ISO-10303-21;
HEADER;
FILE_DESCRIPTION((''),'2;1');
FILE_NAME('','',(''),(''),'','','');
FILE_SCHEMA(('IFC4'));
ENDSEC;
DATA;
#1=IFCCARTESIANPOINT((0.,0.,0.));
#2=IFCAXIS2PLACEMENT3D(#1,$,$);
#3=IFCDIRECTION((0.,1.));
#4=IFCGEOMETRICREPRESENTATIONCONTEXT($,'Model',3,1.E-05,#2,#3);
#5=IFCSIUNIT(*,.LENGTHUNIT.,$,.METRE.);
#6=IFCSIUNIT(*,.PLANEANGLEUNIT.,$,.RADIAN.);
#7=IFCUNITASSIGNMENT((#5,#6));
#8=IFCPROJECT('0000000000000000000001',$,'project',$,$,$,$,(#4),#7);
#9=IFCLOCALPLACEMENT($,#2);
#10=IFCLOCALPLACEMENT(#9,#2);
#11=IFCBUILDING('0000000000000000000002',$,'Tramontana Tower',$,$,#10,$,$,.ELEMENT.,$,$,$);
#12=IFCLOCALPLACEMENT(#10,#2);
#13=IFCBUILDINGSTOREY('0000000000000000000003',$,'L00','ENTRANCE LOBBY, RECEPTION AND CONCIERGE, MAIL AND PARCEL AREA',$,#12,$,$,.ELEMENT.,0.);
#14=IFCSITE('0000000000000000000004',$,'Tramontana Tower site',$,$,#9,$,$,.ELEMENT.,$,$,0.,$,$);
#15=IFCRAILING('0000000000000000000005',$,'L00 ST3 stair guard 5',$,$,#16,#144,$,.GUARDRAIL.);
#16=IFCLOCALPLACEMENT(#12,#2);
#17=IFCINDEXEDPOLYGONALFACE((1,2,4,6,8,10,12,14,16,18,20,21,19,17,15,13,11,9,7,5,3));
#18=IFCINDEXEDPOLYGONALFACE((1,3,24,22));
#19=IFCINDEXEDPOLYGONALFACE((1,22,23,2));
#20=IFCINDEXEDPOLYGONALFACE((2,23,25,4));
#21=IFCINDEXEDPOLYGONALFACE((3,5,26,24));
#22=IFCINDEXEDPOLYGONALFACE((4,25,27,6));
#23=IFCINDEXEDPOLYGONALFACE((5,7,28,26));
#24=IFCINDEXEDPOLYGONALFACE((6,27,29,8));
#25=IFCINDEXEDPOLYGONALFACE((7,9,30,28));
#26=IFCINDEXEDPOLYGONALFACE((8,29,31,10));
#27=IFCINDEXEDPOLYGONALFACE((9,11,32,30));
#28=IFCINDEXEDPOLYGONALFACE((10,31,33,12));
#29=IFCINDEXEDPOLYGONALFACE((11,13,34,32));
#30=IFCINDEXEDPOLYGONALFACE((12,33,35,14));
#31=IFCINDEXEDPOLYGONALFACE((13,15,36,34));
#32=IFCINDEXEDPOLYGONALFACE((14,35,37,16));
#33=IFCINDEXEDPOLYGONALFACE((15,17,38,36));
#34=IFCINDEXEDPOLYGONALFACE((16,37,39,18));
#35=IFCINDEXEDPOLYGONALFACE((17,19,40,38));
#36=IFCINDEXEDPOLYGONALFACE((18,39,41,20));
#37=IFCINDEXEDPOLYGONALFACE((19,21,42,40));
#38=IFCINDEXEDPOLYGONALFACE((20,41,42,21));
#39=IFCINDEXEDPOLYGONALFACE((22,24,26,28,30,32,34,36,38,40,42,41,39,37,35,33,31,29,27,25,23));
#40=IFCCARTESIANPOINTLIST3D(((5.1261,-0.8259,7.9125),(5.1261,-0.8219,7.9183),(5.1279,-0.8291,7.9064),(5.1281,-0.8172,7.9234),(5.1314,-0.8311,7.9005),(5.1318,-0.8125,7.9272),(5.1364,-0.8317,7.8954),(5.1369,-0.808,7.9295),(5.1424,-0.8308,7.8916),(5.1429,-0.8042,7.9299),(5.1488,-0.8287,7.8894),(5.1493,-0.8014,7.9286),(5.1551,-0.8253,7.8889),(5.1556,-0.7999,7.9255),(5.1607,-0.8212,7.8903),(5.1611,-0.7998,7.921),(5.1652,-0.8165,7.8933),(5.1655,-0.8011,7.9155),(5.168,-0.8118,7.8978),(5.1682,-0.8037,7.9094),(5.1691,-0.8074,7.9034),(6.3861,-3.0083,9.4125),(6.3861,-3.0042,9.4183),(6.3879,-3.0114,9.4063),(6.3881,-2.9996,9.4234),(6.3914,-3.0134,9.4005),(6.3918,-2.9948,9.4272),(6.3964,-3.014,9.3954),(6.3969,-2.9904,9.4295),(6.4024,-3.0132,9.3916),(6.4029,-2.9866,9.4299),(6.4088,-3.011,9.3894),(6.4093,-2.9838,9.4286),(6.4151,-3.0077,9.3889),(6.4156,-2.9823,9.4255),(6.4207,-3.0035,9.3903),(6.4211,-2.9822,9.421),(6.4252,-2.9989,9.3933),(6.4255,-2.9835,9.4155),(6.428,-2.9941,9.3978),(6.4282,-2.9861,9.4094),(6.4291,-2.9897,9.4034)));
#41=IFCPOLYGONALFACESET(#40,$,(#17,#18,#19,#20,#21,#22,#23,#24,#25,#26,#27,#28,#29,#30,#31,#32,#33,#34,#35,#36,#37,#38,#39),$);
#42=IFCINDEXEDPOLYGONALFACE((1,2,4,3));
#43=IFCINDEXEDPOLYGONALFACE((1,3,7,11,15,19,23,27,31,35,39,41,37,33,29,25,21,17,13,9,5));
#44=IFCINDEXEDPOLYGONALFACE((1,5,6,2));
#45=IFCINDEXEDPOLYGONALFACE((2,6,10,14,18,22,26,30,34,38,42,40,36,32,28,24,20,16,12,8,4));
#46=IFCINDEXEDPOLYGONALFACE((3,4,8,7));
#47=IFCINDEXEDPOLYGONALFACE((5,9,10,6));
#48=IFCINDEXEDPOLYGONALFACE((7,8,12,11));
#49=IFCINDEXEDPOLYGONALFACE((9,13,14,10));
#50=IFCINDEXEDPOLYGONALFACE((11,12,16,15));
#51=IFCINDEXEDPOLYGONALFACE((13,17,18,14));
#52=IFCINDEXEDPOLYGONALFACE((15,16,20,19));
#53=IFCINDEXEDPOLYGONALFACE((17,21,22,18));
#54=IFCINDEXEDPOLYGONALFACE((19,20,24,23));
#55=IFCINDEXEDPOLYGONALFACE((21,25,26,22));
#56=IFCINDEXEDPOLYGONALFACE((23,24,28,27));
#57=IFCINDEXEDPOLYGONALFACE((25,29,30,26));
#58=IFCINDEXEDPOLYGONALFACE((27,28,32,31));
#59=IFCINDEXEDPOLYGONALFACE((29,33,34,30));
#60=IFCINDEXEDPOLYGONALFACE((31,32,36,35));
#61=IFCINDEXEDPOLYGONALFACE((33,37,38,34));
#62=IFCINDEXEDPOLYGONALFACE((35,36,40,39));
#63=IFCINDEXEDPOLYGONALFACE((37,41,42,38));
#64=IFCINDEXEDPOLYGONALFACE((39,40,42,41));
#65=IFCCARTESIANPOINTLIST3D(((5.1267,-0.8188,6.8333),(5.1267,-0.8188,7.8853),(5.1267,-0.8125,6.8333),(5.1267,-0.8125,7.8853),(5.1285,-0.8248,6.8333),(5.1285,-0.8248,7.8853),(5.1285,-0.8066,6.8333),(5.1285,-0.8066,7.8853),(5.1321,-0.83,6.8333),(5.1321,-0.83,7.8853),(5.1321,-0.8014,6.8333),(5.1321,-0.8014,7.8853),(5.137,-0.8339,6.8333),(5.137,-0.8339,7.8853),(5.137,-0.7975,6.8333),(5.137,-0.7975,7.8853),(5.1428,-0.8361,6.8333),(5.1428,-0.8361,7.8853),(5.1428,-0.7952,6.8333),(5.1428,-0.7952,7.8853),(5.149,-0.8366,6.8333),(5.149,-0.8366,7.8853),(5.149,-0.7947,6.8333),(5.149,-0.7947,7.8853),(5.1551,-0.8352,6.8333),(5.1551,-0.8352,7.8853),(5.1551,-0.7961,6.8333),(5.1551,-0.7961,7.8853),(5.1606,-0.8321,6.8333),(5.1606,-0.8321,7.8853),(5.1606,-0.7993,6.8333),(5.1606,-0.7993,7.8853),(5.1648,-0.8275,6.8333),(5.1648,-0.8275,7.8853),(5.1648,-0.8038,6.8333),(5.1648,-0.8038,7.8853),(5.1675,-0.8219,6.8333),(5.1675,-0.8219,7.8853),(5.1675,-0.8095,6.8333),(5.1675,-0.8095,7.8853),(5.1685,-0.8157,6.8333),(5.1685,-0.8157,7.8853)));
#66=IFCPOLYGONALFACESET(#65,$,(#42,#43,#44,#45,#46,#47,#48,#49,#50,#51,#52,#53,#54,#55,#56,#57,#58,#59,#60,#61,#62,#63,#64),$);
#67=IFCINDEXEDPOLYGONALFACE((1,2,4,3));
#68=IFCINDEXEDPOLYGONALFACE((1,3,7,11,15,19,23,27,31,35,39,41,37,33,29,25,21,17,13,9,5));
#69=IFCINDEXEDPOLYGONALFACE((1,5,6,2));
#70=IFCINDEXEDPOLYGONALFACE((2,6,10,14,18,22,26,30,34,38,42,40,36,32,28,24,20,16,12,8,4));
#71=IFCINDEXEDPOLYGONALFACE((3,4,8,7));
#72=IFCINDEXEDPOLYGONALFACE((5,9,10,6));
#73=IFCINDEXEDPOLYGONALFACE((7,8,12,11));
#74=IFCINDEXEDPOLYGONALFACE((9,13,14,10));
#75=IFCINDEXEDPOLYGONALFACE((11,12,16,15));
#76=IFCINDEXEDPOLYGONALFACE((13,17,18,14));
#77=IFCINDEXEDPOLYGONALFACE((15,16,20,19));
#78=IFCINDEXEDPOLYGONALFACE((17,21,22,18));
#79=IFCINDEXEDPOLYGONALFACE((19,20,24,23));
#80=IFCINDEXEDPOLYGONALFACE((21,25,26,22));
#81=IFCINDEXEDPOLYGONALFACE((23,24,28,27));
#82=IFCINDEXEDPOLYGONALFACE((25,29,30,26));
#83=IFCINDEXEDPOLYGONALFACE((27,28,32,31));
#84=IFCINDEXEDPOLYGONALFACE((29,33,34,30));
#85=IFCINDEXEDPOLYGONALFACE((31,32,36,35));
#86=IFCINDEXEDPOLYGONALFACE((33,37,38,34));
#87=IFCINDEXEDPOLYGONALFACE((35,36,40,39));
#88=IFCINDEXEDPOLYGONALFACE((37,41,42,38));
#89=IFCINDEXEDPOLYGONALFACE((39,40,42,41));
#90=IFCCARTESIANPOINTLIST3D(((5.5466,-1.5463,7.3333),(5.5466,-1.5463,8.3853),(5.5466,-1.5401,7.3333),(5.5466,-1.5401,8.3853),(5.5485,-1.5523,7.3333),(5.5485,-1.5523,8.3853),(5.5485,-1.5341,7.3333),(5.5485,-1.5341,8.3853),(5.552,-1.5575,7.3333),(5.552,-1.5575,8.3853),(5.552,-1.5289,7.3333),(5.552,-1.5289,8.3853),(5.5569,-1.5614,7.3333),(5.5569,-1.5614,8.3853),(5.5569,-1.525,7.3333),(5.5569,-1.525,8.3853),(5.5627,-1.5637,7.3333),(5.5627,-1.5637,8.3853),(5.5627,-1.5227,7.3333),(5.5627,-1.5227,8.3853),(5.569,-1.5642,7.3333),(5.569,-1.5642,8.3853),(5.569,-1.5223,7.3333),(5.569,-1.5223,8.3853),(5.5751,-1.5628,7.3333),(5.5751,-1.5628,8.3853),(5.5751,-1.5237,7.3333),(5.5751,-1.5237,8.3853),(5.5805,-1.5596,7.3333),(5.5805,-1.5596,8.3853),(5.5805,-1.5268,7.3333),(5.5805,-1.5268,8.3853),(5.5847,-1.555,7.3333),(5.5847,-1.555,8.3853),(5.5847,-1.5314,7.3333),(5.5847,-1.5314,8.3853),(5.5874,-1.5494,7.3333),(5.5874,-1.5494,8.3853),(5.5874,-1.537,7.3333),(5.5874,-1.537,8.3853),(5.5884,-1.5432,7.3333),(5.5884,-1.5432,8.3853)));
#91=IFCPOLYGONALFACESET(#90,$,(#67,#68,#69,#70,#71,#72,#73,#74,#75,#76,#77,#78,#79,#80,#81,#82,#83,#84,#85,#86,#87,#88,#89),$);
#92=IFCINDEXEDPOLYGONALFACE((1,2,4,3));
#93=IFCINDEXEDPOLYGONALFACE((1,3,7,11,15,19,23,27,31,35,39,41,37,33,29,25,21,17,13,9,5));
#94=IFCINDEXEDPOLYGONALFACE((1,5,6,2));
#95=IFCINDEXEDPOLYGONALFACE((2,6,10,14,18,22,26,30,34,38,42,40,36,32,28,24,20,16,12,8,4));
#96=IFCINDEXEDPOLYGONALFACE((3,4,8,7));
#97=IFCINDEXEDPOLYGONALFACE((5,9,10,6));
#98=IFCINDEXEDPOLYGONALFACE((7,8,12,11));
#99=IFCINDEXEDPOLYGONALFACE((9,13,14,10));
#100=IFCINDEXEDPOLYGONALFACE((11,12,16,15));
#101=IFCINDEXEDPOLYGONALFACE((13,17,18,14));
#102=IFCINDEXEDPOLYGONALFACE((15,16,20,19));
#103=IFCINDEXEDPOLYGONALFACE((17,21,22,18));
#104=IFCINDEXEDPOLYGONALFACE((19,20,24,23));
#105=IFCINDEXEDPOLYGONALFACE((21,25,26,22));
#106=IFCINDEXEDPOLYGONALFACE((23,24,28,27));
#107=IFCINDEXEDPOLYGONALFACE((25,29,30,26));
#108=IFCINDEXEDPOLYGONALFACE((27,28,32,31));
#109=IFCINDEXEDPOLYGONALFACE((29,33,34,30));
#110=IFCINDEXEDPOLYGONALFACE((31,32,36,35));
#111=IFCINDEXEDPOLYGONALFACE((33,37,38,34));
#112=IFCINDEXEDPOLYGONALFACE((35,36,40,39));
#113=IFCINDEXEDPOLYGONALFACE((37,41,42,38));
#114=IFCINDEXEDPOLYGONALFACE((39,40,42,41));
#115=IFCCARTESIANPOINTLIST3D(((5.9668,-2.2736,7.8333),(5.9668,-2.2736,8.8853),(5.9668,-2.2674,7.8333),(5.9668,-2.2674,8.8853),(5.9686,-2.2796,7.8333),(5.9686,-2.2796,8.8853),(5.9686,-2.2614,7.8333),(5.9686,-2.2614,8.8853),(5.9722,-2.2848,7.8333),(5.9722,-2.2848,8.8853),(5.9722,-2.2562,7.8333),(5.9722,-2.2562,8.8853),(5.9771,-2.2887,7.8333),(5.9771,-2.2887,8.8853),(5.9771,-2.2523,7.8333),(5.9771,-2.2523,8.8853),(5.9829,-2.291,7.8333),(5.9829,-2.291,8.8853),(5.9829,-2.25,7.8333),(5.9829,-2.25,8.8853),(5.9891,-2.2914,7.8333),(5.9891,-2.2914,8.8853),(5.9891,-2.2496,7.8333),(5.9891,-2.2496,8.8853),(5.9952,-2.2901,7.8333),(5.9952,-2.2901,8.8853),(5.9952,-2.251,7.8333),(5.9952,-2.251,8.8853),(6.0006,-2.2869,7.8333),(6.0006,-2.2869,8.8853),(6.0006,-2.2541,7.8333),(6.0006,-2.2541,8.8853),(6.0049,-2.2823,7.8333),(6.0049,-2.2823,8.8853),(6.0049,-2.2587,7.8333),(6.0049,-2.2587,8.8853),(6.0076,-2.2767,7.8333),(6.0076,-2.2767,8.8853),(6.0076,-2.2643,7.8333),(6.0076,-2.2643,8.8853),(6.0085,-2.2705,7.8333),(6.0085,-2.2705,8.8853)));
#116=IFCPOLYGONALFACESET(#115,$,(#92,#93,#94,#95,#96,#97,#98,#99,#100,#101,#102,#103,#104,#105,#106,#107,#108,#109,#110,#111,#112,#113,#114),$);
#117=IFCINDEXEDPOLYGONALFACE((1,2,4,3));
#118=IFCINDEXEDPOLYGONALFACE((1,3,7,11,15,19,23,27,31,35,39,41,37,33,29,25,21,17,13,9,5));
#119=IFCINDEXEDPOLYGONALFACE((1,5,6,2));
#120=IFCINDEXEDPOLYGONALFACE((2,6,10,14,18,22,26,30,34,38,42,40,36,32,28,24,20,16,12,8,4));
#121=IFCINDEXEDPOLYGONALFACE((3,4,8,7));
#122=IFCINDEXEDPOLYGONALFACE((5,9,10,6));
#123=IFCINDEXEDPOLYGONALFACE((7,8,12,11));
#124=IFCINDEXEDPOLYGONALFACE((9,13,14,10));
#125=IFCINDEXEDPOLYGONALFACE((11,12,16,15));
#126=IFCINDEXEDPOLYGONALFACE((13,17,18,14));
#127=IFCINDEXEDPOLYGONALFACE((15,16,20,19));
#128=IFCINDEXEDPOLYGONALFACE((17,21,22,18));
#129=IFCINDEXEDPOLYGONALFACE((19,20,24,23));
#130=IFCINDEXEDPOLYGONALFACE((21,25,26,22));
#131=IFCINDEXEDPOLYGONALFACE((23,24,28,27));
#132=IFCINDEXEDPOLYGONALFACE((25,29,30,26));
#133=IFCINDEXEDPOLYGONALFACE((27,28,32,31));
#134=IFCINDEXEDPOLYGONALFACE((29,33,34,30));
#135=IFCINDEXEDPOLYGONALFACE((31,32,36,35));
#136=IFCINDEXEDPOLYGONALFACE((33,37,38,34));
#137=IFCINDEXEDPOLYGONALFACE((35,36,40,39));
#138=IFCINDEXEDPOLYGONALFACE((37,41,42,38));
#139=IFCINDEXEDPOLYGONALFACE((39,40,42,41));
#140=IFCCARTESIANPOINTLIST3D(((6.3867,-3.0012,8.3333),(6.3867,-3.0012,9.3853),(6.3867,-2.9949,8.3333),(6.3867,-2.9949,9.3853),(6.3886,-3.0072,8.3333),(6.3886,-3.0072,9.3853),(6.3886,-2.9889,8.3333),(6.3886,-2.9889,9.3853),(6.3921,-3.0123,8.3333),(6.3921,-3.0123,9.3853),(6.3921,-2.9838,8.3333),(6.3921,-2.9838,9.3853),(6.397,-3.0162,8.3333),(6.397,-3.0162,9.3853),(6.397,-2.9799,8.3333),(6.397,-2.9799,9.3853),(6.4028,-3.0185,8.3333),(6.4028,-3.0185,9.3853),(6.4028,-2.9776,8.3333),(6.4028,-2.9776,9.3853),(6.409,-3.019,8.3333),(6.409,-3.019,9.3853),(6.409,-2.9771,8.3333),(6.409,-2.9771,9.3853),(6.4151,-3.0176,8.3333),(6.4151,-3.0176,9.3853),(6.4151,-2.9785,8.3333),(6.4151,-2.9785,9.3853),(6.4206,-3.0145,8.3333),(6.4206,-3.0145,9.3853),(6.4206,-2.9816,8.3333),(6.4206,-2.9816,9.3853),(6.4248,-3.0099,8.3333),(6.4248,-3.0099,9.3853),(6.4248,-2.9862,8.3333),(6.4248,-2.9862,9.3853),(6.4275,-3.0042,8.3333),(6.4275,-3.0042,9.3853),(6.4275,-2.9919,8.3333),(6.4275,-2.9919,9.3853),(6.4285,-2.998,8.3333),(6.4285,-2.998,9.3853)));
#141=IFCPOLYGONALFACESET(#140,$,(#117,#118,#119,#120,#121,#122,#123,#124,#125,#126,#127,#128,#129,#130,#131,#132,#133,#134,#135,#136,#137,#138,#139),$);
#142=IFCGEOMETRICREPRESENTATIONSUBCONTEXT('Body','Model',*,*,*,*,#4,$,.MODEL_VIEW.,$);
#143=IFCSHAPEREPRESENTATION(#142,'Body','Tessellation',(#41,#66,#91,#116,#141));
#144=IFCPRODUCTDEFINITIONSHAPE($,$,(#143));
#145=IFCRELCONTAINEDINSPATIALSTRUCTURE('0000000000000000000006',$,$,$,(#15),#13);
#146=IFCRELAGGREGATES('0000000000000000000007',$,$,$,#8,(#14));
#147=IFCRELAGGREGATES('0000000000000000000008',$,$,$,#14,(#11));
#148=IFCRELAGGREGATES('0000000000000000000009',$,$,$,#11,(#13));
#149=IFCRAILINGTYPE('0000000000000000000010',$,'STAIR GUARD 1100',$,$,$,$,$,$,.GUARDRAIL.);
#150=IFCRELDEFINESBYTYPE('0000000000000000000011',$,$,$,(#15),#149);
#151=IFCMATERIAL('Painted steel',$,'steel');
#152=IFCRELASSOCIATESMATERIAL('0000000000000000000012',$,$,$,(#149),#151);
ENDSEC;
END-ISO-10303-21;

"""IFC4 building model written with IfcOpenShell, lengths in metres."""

from ifc_helpers import new_model, si_unit, direction, frame, origin, origin_2d, place, context, subcontext, project, spatial, circle, extrude, material, type_object, element, save


model = new_model("IFC4")

# Units and contexts
model_context = context("Model", 3, precision=1e-05, world=origin(), true_north=direction((0.0, 1.0)))
body_context = subcontext(model_context, "Body", "Model", "MODEL_VIEW")
ifc_project = project(units=[si_unit("LENGTHUNIT", "METRE"), si_unit("PLANEANGLEUNIT", "RADIAN")], contexts=[model_context])

# Site, building, storey
site_placement = place(None, origin())
site = spatial("IfcSite", under=ifc_project, at=site_placement, Name="Tramontana Tower site", CompositionType="ELEMENT", RefElevation=0.0)
building_placement = place(site_placement, origin())
building = spatial("IfcBuilding", under=site, at=building_placement, Name="Tramontana Tower", CompositionType="ELEMENT")
storey_placement = place(building_placement, origin())
storey = spatial("IfcBuildingStorey", under=building, at=storey_placement, Name="L00", Description="ENTRANCE LOBBY, RECEPTION AND CONCIERGE, MAIL AND PARCEL AREA", CompositionType="ELEMENT", Elevation=0.0)

# Railing
ifc_material_1 = material(Name="Painted steel", Category="steel")
railing_type = type_object("IfcRailingType", Name="STAIR GUARD 1100", PredefinedType="GUARDRAIL", material=ifc_material_1)
for number, where, name in (
    (1, (5.1475, -0.8157, 6.8333), "L00 ST3 stair guard 5"),
):
    element("IfcRailing", number, at=place(storey_placement, frame(where)), inside=storey, type_object=railing_type, Name=name, PredefinedType="GUARDRAIL", context=body_context, shape_type="SweptSolid", body=[
        extrude(circle(Radius=0.0239, at=origin_2d()), frame((0.0, 0.0, 1.0762), z_axis=(0.42965, -0.744167, 0.511485), x_axis=(0.866023, 0.500005, 0.0)), (0.0, 0.0, 1.0), 2.9326),
        extrude(circle(Radius=0.021, at=origin_2d()), origin(), (0.0, 0.0, 1.0), 1.052),
        extrude(circle(Radius=0.021, at=origin_2d()), frame((0.4199, -0.7275, 0.5)), (0.0, 0.0, 1.0), 1.052),
        extrude(circle(Radius=0.021, at=origin_2d()), frame((0.8401, -1.4548, 1.0)), (0.0, 0.0, 1.0), 1.052),
        extrude(circle(Radius=0.021, at=origin_2d()), frame((1.26, -2.1824, 1.5)), (0.0, 0.0, 1.0), 1.052),
    ])

save(model, "model.ifc")
